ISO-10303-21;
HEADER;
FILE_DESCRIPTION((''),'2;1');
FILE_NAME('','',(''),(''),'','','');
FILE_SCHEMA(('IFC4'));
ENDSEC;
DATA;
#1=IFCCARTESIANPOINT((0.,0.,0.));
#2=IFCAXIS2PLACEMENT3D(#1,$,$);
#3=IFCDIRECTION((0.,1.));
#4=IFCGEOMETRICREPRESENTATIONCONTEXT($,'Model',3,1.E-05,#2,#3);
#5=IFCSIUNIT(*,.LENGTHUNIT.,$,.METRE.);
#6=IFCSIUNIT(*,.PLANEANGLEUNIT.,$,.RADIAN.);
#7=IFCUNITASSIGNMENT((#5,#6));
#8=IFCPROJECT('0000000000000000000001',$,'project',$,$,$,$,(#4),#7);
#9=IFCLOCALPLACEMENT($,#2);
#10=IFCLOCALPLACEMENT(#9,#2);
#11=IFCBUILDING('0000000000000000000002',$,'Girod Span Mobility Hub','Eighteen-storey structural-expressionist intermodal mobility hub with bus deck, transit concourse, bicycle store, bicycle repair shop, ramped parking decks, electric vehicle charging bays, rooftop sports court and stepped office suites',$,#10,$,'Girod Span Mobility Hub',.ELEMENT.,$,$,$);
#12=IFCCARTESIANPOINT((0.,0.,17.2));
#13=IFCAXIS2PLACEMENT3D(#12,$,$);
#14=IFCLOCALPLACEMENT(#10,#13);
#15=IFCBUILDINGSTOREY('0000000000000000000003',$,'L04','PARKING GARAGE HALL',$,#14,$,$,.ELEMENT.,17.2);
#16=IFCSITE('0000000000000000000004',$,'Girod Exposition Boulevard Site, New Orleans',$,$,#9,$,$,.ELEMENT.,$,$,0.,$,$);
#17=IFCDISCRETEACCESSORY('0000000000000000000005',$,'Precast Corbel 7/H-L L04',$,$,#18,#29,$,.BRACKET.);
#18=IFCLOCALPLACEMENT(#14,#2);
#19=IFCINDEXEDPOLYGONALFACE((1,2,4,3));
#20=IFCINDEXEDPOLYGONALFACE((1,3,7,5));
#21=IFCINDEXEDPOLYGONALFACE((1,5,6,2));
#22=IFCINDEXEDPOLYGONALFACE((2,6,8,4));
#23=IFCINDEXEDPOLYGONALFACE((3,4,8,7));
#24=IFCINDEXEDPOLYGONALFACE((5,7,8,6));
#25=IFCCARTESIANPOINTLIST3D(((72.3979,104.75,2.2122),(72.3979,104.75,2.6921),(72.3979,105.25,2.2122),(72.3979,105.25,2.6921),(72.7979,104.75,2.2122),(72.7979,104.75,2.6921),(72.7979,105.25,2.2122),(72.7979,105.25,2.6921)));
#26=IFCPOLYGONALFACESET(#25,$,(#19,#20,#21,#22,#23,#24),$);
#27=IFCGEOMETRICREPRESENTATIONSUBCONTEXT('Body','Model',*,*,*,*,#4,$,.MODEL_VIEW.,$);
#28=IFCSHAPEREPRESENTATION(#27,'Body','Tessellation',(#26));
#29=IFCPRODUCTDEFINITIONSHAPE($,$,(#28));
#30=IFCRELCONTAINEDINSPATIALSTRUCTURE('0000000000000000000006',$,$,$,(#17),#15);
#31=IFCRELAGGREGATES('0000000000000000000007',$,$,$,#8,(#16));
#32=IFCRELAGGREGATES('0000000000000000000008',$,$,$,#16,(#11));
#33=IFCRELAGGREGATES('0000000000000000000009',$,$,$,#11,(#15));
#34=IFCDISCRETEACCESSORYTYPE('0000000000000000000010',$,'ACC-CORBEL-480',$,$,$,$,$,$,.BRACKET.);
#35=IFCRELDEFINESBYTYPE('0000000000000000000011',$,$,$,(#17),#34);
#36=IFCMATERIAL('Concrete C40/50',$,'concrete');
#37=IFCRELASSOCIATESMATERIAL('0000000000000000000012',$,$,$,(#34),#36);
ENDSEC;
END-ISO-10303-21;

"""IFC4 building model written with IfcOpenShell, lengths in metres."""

from ifc_helpers import new_model, si_unit, direction, frame, origin, origin_2d, place, context, subcontext, project, spatial, rectangle, extrude, material, type_object, element, save


model = new_model("IFC4")

# Units and contexts
model_context = context("Model", 3, precision=1e-05, world=origin(), true_north=direction((0.0, 1.0)))
body_context = subcontext(model_context, "Body", "Model", "MODEL_VIEW")
ifc_project = project(units=[si_unit("LENGTHUNIT", "METRE"), si_unit("PLANEANGLEUNIT", "RADIAN")], contexts=[model_context])

# Site, building, storey
site_placement = place(None, origin())
site = spatial("IfcSite", under=ifc_project, at=site_placement, Name="Girod Exposition Boulevard Site, New Orleans", CompositionType="ELEMENT", RefElevation=0.0)
building_placement = place(site_placement, origin())
building = spatial("IfcBuilding", under=site, at=building_placement, Name="Girod Span Mobility Hub", Description="Eighteen-storey structural-expressionist intermodal mobility hub with bus deck, transit concourse, bicycle store, bicycle repair shop, ramped parking decks, electric vehicle charging bays, rooftop sports court and stepped office suites", LongName="Girod Span Mobility Hub", CompositionType="ELEMENT")
storey_placement = place(building_placement, frame((0.0, 0.0, 17.2)))
storey = spatial("IfcBuildingStorey", under=building, at=storey_placement, Name="L04", Description="PARKING GARAGE HALL", CompositionType="ELEMENT", Elevation=17.2)

# Discrete accessory
ifc_material_1 = material(Name="Concrete C40/50", Category="concrete")
discrete_accessory_type = type_object("IfcDiscreteAccessoryType", Name="ACC-CORBEL-480", PredefinedType="BRACKET", material=ifc_material_1)
for number, where, z_axis, x_axis, name in (
    (1, (72.5979, 105.0, 2.2122), (0.0, 0.0, 1.0), (1.0, 0.0, 0.0), "Precast Corbel 7/H-L L04"),
):
    element("IfcDiscreteAccessory", number, at=place(storey_placement, frame(where, z_axis=z_axis, x_axis=x_axis)), inside=storey, type_object=discrete_accessory_type, Name=name, PredefinedType="BRACKET", context=body_context, shape_type="SweptSolid", body=[
        extrude(rectangle(XDim=0.3999, YDim=0.5, at=origin_2d()), origin(), (0.0, 0.0, 1.0), 0.48),
    ])

save(model, "model.ifc")
